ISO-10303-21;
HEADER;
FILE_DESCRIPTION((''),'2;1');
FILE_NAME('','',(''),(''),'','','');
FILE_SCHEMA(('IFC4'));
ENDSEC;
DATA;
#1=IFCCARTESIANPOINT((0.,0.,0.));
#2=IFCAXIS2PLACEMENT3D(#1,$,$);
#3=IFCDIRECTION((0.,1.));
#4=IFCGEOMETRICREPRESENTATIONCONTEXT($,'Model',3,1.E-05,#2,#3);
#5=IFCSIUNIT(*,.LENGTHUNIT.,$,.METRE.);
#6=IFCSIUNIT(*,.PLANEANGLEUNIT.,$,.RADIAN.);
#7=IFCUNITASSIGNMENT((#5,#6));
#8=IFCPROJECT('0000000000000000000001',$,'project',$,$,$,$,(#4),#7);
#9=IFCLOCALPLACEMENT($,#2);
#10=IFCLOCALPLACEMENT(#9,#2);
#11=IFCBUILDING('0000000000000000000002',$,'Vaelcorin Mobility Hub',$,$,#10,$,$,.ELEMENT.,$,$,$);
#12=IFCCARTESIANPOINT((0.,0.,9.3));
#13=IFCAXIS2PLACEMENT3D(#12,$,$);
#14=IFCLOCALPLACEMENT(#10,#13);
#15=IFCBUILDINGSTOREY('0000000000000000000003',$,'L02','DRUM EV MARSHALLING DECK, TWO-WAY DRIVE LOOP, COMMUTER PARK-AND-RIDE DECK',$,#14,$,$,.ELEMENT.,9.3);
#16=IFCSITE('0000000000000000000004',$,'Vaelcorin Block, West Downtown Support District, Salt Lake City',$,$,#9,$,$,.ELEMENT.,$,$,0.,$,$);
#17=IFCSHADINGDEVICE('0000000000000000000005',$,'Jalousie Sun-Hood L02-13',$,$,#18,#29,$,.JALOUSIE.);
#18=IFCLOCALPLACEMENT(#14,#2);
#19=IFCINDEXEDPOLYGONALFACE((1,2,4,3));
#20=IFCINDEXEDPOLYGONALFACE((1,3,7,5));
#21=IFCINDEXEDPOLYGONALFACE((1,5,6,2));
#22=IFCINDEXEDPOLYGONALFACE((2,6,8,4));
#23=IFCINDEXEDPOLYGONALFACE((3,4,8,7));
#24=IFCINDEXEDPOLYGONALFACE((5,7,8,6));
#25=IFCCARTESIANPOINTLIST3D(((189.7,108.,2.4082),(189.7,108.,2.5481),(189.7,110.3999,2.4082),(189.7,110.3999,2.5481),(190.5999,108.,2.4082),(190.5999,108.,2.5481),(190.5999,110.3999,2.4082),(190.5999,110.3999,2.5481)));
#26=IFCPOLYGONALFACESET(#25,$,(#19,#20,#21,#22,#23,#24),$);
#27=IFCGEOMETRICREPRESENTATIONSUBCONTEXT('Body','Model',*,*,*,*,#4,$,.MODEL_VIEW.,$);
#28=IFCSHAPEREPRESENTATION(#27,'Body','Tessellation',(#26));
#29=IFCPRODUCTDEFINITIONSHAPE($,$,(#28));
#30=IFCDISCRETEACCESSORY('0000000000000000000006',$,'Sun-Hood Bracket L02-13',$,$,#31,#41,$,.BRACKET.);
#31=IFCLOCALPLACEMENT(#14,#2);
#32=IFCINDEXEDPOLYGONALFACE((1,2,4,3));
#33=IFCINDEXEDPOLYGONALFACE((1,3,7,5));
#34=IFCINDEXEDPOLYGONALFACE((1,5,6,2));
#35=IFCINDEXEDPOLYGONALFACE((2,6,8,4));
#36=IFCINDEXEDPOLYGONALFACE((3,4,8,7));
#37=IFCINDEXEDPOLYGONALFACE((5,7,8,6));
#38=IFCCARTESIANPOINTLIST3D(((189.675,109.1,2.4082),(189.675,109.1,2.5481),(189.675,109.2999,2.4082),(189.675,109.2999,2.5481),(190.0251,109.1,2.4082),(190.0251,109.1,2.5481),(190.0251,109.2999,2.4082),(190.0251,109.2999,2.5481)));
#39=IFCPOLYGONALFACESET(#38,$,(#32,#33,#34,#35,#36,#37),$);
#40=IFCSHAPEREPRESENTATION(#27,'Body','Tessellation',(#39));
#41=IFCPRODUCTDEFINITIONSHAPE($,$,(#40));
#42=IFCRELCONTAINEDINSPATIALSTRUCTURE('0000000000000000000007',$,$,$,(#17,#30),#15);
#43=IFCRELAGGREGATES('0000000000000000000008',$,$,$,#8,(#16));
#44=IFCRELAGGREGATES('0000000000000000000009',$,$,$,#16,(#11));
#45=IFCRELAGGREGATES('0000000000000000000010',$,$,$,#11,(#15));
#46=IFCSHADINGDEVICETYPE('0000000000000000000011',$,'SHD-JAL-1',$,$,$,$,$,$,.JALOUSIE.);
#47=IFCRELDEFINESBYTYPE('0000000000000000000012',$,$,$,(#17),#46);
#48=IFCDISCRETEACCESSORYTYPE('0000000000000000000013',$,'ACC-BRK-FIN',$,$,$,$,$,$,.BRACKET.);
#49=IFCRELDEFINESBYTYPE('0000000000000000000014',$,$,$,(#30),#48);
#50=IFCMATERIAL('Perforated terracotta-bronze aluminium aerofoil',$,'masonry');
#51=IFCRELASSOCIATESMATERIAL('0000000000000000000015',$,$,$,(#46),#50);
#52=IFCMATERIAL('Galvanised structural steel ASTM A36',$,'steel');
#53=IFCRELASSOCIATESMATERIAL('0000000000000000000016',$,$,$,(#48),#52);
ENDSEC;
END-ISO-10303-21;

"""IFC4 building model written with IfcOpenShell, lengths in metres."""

from ifc_helpers import new_model, si_unit, direction, frame, origin, origin_2d, place, context, subcontext, project, spatial, rectangle, extrude, material, type_object, element, save


model = new_model("IFC4")

# Units and contexts
model_context = context("Model", 3, precision=1e-05, world=origin(), true_north=direction((0.0, 1.0)))
body_context = subcontext(model_context, "Body", "Model", "MODEL_VIEW")
ifc_project = project(units=[si_unit("LENGTHUNIT", "METRE"), si_unit("PLANEANGLEUNIT", "RADIAN")], contexts=[model_context])

# Site, building, storey
site_placement = place(None, origin())
site = spatial("IfcSite", under=ifc_project, at=site_placement, Name="Vaelcorin Block, West Downtown Support District, Salt Lake City", CompositionType="ELEMENT", RefElevation=0.0)
building_placement = place(site_placement, origin())
building = spatial("IfcBuilding", under=site, at=building_placement, Name="Vaelcorin Mobility Hub", CompositionType="ELEMENT")
storey_placement = place(building_placement, frame((0.0, 0.0, 9.3)))
storey = spatial("IfcBuildingStorey", under=building, at=storey_placement, Name="L02", Description="DRUM EV MARSHALLING DECK, TWO-WAY DRIVE LOOP, COMMUTER PARK-AND-RIDE DECK", CompositionType="ELEMENT", Elevation=9.3)

# Shading device
ifc_material_1 = material(Name="Perforated terracotta-bronze aluminium aerofoil", Category="masonry")
shading_device_type = type_object("IfcShadingDeviceType", Name="SHD-JAL-1", PredefinedType="JALOUSIE", material=ifc_material_1)
shading_device_placement = place(storey_placement, frame((190.1499, 109.2, 2.4082), z_axis=(0.0, 0.0, 1.0), x_axis=(1.0, 0.0, 0.0)))
element("IfcShadingDevice", 1, at=shading_device_placement, inside=storey, type_object=shading_device_type, Name="Jalousie Sun-Hood L02-13", PredefinedType="JALOUSIE", context=body_context, shape_type="SweptSolid", body=[
    extrude(rectangle(XDim=0.8999, YDim=2.3999, at=origin_2d()), origin(), (0.0, 0.0, 1.0), 0.1399),
])

# Discrete accessory
ifc_material_2 = material(Name="Galvanised structural steel ASTM A36", Category="steel")
discrete_accessory_type = type_object("IfcDiscreteAccessoryType", Name="ACC-BRK-FIN", PredefinedType="BRACKET", material=ifc_material_2)
discrete_accessory_placement = place(storey_placement, frame((189.8501, 109.2, 2.4082), z_axis=(0.0, 0.0, 1.0), x_axis=(1.0, 0.0, 0.0)))
element("IfcDiscreteAccessory", 2, at=discrete_accessory_placement, inside=storey, type_object=discrete_accessory_type, Name="Sun-Hood Bracket L02-13", PredefinedType="BRACKET", context=body_context, shape_type="SweptSolid", body=[
    extrude(rectangle(XDim=0.3501, YDim=0.2, at=origin_2d()), origin(), (0.0, 0.0, 1.0), 0.1399),
])

save(model, "model.ifc")
